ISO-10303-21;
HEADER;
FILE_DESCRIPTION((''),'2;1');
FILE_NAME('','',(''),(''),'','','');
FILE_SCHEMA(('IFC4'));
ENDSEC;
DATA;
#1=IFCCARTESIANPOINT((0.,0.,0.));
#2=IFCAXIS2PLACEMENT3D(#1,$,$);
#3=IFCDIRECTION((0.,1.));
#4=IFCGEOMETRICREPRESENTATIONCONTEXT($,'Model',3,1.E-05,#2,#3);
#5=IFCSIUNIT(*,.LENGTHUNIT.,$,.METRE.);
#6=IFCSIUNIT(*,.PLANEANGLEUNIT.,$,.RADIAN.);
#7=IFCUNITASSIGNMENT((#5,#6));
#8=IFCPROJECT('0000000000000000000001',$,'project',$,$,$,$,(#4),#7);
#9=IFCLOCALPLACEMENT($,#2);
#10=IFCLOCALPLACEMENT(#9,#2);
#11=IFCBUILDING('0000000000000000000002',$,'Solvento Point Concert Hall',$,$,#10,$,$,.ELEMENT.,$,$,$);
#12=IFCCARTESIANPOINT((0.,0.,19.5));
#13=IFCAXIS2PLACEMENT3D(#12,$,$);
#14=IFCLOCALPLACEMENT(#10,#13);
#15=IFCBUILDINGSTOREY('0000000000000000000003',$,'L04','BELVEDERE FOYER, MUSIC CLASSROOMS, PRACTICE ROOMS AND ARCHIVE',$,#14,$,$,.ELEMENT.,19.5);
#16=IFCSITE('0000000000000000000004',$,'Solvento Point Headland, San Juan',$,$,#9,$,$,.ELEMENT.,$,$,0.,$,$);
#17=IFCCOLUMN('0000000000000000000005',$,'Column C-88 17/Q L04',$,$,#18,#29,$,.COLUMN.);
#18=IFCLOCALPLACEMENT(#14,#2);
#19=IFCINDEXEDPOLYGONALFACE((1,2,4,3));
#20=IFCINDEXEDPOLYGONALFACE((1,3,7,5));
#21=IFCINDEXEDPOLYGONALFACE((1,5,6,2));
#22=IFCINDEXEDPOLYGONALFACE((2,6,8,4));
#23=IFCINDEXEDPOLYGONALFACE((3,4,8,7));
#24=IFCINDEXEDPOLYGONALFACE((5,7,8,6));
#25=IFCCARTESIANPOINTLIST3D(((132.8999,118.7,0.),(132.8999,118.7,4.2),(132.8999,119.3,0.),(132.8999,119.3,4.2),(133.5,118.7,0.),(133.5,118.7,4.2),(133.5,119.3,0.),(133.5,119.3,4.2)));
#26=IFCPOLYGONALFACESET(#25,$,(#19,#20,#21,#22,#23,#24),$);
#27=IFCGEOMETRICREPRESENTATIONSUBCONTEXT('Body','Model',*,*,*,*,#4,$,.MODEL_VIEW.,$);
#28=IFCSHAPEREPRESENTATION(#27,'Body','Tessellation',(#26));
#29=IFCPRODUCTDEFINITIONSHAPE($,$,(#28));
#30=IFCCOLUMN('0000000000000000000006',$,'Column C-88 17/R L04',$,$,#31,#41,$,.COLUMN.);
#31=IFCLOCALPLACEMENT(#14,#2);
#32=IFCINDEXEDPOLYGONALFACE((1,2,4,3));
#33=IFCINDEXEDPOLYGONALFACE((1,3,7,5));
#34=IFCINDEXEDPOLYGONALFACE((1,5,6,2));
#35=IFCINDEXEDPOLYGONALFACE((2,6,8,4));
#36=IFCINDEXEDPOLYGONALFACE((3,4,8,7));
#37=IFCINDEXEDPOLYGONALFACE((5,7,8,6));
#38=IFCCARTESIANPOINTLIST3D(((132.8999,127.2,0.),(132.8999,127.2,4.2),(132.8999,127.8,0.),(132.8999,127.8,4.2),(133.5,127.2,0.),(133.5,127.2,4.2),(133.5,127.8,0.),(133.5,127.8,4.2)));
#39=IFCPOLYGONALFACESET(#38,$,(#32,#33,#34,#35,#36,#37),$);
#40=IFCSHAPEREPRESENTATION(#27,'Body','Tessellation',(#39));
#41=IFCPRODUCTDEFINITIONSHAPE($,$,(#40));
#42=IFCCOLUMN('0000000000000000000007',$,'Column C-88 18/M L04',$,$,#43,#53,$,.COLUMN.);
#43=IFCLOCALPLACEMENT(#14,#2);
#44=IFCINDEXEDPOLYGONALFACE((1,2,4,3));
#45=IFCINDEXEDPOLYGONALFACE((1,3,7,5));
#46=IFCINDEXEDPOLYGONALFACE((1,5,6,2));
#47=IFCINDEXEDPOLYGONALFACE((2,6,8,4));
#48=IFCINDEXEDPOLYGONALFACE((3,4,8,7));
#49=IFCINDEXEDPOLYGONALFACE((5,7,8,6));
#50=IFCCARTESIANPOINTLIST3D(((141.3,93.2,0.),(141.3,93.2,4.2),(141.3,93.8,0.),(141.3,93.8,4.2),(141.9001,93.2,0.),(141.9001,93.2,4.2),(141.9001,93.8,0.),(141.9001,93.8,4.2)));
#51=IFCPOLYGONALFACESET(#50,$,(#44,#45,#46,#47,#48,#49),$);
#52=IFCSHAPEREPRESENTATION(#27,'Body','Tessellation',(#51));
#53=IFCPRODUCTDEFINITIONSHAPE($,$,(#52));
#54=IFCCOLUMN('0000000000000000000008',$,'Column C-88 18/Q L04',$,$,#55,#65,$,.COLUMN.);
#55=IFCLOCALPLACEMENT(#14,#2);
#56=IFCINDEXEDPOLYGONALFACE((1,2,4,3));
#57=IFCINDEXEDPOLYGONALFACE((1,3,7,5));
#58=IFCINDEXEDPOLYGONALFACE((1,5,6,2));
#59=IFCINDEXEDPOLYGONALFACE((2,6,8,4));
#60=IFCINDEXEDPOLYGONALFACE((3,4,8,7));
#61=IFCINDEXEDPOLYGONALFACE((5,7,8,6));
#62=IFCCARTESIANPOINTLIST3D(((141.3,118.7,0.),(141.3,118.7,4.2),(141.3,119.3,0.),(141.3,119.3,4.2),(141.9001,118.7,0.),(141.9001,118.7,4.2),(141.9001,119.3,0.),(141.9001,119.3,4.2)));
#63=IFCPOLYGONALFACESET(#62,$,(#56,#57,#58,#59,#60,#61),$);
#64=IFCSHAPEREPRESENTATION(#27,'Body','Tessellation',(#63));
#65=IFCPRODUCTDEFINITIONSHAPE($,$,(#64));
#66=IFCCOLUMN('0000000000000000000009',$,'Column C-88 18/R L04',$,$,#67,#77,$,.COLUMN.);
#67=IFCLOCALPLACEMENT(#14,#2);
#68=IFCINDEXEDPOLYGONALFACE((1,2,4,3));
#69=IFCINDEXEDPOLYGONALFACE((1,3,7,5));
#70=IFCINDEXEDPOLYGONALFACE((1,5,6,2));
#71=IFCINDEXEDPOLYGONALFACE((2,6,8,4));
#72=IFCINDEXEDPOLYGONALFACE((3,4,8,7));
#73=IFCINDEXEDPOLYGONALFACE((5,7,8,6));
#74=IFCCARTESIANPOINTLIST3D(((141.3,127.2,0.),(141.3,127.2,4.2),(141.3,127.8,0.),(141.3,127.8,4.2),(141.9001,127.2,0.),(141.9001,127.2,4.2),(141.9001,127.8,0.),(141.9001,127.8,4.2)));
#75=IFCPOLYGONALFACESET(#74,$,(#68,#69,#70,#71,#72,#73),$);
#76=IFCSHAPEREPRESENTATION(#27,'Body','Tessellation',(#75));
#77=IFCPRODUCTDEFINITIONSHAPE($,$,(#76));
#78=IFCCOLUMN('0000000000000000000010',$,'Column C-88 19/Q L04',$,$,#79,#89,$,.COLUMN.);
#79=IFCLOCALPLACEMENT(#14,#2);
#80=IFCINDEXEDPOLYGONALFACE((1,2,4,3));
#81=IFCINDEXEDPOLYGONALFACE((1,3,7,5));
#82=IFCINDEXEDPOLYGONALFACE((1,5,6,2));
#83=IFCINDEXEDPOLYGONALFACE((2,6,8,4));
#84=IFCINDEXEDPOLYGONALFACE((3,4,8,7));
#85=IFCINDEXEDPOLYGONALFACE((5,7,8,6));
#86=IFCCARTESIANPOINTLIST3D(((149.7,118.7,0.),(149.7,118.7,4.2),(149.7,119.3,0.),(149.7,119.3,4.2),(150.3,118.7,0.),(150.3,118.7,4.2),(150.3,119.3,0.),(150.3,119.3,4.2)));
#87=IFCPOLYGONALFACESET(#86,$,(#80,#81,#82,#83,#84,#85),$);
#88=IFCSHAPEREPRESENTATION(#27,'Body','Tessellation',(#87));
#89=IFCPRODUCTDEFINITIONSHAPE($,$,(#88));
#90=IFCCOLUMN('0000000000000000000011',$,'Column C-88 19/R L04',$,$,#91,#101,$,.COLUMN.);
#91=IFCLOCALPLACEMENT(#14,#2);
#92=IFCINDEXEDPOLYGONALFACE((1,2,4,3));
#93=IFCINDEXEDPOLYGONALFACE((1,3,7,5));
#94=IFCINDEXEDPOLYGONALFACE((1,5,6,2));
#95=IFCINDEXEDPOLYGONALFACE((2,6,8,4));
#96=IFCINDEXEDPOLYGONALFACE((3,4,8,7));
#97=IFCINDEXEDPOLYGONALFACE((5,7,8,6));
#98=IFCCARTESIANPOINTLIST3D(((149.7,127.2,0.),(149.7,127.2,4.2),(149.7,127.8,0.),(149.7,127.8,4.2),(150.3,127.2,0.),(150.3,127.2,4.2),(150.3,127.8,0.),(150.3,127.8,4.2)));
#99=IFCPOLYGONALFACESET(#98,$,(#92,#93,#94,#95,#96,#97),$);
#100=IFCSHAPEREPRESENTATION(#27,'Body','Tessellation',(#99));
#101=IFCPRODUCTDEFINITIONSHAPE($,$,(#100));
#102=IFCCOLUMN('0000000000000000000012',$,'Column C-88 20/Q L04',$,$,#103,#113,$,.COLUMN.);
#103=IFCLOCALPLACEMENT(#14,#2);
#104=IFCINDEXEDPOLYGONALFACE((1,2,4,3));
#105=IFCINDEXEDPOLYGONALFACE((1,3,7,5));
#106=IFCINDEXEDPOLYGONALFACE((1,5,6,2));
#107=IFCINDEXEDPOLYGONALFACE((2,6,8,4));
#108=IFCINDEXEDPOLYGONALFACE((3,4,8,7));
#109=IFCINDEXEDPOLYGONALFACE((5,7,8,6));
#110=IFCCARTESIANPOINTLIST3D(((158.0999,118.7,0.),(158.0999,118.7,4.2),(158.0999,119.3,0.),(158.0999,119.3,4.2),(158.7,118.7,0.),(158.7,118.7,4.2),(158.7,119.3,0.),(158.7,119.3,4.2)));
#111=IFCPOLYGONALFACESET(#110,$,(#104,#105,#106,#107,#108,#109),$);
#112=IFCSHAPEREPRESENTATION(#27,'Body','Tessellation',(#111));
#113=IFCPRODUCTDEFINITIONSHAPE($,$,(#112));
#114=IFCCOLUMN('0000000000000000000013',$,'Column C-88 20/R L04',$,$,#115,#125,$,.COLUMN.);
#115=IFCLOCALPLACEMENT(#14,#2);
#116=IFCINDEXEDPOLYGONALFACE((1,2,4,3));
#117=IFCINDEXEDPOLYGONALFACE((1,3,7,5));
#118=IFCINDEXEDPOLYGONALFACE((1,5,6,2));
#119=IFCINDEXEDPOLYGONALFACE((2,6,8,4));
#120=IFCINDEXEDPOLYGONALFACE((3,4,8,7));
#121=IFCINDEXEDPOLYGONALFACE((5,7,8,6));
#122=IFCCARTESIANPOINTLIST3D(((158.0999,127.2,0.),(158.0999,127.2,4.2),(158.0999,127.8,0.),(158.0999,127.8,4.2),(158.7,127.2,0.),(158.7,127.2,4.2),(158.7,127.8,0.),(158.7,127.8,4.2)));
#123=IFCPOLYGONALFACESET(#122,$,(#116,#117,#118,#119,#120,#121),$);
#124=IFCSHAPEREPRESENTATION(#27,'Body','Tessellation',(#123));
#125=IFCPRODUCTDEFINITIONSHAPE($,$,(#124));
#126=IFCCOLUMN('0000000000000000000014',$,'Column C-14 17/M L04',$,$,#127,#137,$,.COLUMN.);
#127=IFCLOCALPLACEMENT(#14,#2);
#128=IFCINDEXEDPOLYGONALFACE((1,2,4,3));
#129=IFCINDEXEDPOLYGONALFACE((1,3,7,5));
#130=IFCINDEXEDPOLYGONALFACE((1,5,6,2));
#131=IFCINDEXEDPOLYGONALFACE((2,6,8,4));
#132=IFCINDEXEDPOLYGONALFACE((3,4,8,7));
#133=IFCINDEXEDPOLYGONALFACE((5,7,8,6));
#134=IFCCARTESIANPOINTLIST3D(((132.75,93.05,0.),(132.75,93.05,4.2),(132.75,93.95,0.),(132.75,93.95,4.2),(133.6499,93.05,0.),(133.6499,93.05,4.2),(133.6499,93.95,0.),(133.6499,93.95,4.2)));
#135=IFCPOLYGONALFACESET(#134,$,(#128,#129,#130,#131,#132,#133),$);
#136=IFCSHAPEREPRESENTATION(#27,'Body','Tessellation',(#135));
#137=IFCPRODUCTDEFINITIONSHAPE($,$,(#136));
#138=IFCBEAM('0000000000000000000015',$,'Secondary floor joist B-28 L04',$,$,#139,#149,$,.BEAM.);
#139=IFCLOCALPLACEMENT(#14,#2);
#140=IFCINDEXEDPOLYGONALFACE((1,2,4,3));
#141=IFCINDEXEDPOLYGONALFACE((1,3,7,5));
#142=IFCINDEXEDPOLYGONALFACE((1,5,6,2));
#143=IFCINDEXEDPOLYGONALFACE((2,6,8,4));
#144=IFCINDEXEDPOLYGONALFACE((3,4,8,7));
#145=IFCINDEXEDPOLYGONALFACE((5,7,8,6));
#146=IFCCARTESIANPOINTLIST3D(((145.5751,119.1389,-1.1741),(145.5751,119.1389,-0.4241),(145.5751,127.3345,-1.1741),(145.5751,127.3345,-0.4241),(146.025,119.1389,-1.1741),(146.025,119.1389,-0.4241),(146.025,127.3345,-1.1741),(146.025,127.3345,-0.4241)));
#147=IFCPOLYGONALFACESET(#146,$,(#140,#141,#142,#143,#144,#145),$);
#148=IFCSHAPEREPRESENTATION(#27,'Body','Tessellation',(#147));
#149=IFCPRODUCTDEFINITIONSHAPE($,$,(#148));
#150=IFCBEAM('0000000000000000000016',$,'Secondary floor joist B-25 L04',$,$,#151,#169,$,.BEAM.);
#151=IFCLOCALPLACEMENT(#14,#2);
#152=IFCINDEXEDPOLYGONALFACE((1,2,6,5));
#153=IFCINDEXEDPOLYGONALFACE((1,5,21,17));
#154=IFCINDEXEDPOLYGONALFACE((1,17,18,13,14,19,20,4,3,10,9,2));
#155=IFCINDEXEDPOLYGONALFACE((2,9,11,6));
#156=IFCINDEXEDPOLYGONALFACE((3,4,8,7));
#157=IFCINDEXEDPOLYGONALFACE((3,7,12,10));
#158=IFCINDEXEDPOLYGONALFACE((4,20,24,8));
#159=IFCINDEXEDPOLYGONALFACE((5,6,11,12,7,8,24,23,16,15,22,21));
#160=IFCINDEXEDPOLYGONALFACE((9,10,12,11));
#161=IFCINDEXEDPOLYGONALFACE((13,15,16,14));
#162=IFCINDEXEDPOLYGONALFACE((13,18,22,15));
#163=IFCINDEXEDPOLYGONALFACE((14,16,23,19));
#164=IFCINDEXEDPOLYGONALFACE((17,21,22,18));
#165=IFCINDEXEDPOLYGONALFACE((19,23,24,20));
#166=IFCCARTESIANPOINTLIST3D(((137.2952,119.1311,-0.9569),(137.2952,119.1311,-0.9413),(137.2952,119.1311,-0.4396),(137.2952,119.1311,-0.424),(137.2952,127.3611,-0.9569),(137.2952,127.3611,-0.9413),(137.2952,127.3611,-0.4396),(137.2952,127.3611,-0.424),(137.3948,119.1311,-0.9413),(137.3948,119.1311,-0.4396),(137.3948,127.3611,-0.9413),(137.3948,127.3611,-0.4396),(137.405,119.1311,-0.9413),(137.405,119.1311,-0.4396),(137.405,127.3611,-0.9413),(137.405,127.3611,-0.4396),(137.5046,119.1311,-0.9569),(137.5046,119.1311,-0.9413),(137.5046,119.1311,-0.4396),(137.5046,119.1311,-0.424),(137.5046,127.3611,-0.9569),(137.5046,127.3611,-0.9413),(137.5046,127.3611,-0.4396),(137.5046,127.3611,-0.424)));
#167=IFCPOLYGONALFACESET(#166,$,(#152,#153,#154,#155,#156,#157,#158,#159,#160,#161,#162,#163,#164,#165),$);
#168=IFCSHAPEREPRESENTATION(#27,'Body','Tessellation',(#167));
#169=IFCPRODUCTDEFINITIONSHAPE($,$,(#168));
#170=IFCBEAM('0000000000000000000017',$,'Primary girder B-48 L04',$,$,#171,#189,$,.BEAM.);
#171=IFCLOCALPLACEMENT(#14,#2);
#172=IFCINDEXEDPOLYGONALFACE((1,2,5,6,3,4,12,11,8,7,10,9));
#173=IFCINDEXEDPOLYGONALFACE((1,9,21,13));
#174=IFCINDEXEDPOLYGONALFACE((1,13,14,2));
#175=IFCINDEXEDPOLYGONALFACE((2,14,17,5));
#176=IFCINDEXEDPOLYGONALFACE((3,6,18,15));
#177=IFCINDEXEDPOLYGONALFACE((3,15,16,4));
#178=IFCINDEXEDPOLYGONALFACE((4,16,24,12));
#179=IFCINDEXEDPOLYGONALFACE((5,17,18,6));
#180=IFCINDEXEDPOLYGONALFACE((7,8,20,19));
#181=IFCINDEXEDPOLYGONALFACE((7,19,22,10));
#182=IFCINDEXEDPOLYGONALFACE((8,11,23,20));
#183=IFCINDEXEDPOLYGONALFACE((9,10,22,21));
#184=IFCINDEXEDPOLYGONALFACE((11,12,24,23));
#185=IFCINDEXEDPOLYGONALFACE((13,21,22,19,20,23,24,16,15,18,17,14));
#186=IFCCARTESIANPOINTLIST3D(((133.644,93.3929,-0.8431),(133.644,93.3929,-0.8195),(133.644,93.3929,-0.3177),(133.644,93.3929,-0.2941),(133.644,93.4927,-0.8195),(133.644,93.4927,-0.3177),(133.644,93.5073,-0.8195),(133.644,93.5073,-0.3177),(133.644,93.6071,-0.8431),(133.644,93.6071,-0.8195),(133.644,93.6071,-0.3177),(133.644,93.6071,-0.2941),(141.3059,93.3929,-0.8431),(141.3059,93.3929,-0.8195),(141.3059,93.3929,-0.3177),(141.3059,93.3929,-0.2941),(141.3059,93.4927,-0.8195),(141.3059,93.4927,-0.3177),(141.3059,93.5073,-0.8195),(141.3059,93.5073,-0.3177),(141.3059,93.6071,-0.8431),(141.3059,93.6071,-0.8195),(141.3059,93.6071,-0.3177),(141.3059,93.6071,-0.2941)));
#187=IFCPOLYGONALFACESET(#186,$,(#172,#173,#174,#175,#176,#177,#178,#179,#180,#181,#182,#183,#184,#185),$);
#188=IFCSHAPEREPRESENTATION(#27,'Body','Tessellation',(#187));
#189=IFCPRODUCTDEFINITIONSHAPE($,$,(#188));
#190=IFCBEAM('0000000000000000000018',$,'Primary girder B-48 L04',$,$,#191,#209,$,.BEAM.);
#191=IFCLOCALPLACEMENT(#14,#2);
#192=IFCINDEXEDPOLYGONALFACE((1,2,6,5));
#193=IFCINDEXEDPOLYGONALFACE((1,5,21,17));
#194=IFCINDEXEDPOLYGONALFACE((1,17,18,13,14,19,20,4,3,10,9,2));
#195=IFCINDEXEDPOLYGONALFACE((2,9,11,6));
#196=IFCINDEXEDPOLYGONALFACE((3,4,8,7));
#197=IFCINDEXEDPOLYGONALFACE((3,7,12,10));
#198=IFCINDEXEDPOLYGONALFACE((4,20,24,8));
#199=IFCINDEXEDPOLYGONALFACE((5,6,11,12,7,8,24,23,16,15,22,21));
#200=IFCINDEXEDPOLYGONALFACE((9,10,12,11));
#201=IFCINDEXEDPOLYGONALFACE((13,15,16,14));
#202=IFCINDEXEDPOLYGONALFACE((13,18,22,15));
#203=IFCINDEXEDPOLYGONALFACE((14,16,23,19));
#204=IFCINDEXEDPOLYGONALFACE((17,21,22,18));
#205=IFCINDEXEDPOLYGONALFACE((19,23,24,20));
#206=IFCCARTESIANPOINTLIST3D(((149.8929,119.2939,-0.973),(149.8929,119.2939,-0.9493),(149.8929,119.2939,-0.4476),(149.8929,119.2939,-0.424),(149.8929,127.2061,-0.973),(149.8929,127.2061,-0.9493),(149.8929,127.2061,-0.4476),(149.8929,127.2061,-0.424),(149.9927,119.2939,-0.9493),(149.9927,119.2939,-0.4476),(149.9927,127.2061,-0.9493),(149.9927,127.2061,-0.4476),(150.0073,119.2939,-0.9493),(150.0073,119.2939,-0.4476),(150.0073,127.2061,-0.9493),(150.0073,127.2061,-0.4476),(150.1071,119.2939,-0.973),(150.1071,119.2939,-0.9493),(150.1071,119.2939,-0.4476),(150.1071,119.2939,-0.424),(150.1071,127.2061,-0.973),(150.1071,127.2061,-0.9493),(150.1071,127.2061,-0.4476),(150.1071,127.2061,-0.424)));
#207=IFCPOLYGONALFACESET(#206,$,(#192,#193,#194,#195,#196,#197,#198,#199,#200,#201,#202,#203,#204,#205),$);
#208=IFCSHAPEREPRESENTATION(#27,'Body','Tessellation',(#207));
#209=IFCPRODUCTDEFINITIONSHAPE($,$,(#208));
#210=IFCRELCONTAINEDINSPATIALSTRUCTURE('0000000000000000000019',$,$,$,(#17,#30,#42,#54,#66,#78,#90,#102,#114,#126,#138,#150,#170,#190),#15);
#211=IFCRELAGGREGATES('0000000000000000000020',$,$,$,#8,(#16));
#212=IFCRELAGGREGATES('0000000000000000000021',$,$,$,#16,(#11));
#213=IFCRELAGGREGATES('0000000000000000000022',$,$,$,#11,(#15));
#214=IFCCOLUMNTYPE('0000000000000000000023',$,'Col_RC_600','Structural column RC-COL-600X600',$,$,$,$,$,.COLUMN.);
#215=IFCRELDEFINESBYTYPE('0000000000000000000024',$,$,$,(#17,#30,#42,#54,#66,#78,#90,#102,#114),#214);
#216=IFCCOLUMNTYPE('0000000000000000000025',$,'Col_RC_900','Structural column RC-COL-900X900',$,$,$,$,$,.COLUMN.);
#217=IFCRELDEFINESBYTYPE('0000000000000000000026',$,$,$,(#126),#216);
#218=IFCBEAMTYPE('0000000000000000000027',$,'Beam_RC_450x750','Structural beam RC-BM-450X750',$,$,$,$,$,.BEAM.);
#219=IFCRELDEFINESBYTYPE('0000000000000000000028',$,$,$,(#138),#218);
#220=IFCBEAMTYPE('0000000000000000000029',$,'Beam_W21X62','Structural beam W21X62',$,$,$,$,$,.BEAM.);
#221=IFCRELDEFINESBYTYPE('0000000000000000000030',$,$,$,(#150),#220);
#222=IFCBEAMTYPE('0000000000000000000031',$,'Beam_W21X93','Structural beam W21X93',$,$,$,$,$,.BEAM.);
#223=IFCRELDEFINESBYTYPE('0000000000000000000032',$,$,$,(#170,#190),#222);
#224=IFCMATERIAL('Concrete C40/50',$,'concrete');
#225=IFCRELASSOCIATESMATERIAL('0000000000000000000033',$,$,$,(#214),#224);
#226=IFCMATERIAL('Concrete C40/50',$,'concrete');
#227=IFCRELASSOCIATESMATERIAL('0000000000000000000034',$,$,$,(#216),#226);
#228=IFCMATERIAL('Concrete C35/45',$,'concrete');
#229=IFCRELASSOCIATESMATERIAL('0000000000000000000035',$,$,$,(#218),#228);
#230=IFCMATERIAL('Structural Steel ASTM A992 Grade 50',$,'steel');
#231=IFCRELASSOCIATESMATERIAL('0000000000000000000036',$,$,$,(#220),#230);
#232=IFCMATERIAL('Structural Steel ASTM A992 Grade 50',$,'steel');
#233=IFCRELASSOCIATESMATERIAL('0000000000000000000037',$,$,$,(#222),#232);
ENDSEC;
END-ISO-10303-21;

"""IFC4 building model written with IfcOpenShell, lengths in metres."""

from ifc_helpers import new_model, si_unit, direction, frame, origin, origin_2d, place, context, subcontext, project, spatial, rectangle, i_section, extrude, material, material_profile, profile_set, type_object, element, save


model = new_model("IFC4")

# Units and contexts
model_context = context("Model", 3, precision=1e-05, world=origin(), true_north=direction((0.0, 1.0)))
body_context = subcontext(model_context, "Body", "Model", "MODEL_VIEW")
ifc_project = project(units=[si_unit("LENGTHUNIT", "METRE"), si_unit("PLANEANGLEUNIT", "RADIAN")], contexts=[model_context])

# Site, building, storey
site_placement = place(None, origin())
site = spatial("IfcSite", under=ifc_project, at=site_placement, Name="Solvento Point Headland, San Juan", CompositionType="ELEMENT", RefElevation=0.0)
building_placement = place(site_placement, origin())
building = spatial("IfcBuilding", under=site, at=building_placement, Name="Solvento Point Concert Hall", CompositionType="ELEMENT")
storey_placement = place(building_placement, frame((0.0, 0.0, 19.5)))
storey = spatial("IfcBuildingStorey", under=building, at=storey_placement, Name="L04", Description="BELVEDERE FOYER, MUSIC CLASSROOMS, PRACTICE ROOMS AND ARCHIVE", CompositionType="ELEMENT", Elevation=19.5)

# Columns
ifc_material_1 = material(Name="Concrete C40/50", Category="concrete")
ifc_material_profile_1 = material_profile(ifc_material_1, rectangle(XDim=0.6001, YDim=0.6001, at=origin_2d()), Name="RC-COL-600X600")
ifc_profile_set_1 = profile_set([ifc_material_profile_1], Name="Concrete C40/50")
column_type_1 = type_object("IfcColumnType", Name="Col_RC_600", Description="Structural column RC-COL-600X600", PredefinedType="COLUMN", material=ifc_profile_set_1)
for number, where, z_axis, x_axis, name in (
    (1, (133.2, 119.0, 0.0), (0.0, 0.0, 1.0), (1.0, 0.0, 0.0), "Column C-88 17/Q L04"),
    (2, (133.2, 127.5, 0.0), (0.0, 0.0, 1.0), (1.0, 0.0, 0.0), "Column C-88 17/R L04"),
    (3, (141.6001, 93.5, 0.0), (0.0, 0.0, 1.0), (1.0, 0.0, 0.0), "Column C-88 18/M L04"),
    (4, (141.6001, 119.0, 0.0), (0.0, 0.0, 1.0), (1.0, 0.0, 0.0), "Column C-88 18/Q L04"),
    (5, (141.6001, 127.5, 0.0), (0.0, 0.0, 1.0), (1.0, 0.0, 0.0), "Column C-88 18/R L04"),
    (6, (150.0, 119.0, 0.0), (0.0, 0.0, 1.0), (1.0, 0.0, 0.0), "Column C-88 19/Q L04"),
    (7, (150.0, 127.5, 0.0), (0.0, 0.0, 1.0), (1.0, 0.0, 0.0), "Column C-88 19/R L04"),
    (8, (158.3999, 119.0, 0.0), (0.0, 0.0, 1.0), (1.0, 0.0, 0.0), "Column C-88 20/Q L04"),
    (9, (158.3999, 127.5, 0.0), (0.0, 0.0, 1.0), (1.0, 0.0, 0.0), "Column C-88 20/R L04"),
):
    element("IfcColumn", number, at=place(storey_placement, frame(where, z_axis=z_axis, x_axis=x_axis)), inside=storey, type_object=column_type_1, Name=name, PredefinedType="COLUMN", context=body_context, shape_type="SweptSolid", body=[
        extrude(rectangle(XDim=0.6001, YDim=0.6001, at=origin_2d()), origin(), (0.0, 0.0, 1.0), 4.2),
    ])
ifc_material_2 = material(Name="Concrete C40/50", Category="concrete")
ifc_material_profile_2 = material_profile(ifc_material_2, rectangle(XDim=0.8999, YDim=0.8999, at=origin_2d()), Name="RC-COL-900X900")
ifc_profile_set_2 = profile_set([ifc_material_profile_2], Name="Concrete C40/50")
column_type_2 = type_object("IfcColumnType", Name="Col_RC_900", Description="Structural column RC-COL-900X900", PredefinedType="COLUMN", material=ifc_profile_set_2)
column_placement = place(storey_placement, frame((133.2, 93.5, 0.0), z_axis=(0.0, 0.0, 1.0), x_axis=(1.0, 0.0, 0.0)))
element("IfcColumn", 10, at=column_placement, inside=storey, type_object=column_type_2, Name="Column C-14 17/M L04", PredefinedType="COLUMN", context=body_context, shape_type="SweptSolid", body=[
    extrude(rectangle(XDim=0.8999, YDim=0.8999, at=origin_2d()), origin(), (0.0, 0.0, 1.0), 4.2),
])

# Beams
ifc_material_3 = material(Name="Concrete C35/45", Category="concrete")
ifc_material_profile_3 = material_profile(ifc_material_3, rectangle(XDim=0.45, YDim=0.75, at=origin_2d()), Name="RC-BM-450X750")
ifc_profile_set_3 = profile_set([ifc_material_profile_3], Name="Concrete C35/45")
beam_type_1 = type_object("IfcBeamType", Name="Beam_RC_450x750", Description="Structural beam RC-BM-450X750", PredefinedType="BEAM", material=ifc_profile_set_3)
beam_1_placement = place(storey_placement, frame((145.8, 119.1389, -0.7991), z_axis=(0.0, 1.0, 0.0), x_axis=(-1.0, 0.0, 0.0)))
element("IfcBeam", 11, at=beam_1_placement, inside=storey, type_object=beam_type_1, Name="Secondary floor joist B-28 L04", PredefinedType="BEAM", context=body_context, shape_type="SweptSolid", body=[
    extrude(rectangle(XDim=0.45, YDim=0.75, at=origin_2d()), origin(), (0.0, 0.0, 1.0), 8.1956),
])
ifc_material_4 = material(Name="Structural Steel ASTM A992 Grade 50", Category="steel")
ifc_material_profile_4 = material_profile(ifc_material_4, i_section(OverallWidth=0.2095, OverallDepth=0.533, WebThickness=0.0103, FlangeThickness=0.0156, at=origin_2d()), Name="W21X62")
ifc_profile_set_4 = profile_set([ifc_material_profile_4], Name="Structural Steel ASTM A992 Grade 50")
beam_type_2 = type_object("IfcBeamType", Name="Beam_W21X62", Description="Structural beam W21X62", PredefinedType="BEAM", material=ifc_profile_set_4)
beam_2_placement = place(storey_placement, frame((137.3999, 119.1311, -0.6904), z_axis=(0.0, 1.0, 0.0), x_axis=(-1.0, 0.0, 0.0)))
element("IfcBeam", 12, at=beam_2_placement, inside=storey, type_object=beam_type_2, Name="Secondary floor joist B-25 L04", PredefinedType="BEAM", context=body_context, shape_type="SweptSolid", body=[
    extrude(i_section(OverallWidth=0.2095, OverallDepth=0.533, WebThickness=0.0103, FlangeThickness=0.0156, at=origin_2d()), origin(), (0.0, 0.0, 1.0), 8.23),
])
ifc_material_5 = material(Name="Structural Steel ASTM A992 Grade 50", Category="steel")
ifc_material_profile_5 = material_profile(ifc_material_5, i_section(OverallWidth=0.2141, OverallDepth=0.5491, WebThickness=0.0146, FlangeThickness=0.0237, at=origin_2d()), Name="W21X93")
ifc_profile_set_5 = profile_set([ifc_material_profile_5], Name="Structural Steel ASTM A992 Grade 50")
beam_type_3 = type_object("IfcBeamType", Name="Beam_W21X93", Description="Structural beam W21X93", PredefinedType="BEAM", material=ifc_profile_set_5)
beam_3_placement = place(storey_placement, frame((133.644, 93.5, -0.5686), z_axis=(1.0, 0.0, 0.0), x_axis=(0.0, 1.0, 0.0)))
element("IfcBeam", 13, at=beam_3_placement, inside=storey, type_object=beam_type_3, Name="Primary girder B-48 L04", PredefinedType="BEAM", context=body_context, shape_type="SweptSolid", body=[
    extrude(i_section(OverallWidth=0.2141, OverallDepth=0.5491, WebThickness=0.0146, FlangeThickness=0.0237, at=origin_2d()), origin(), (0.0, 0.0, 1.0), 7.6619),
])
beam_4_placement = place(storey_placement, frame((150.0, 119.2939, -0.6985), z_axis=(0.0, 1.0, 0.0), x_axis=(-1.0, 0.0, 0.0)))
element("IfcBeam", 14, at=beam_4_placement, inside=storey, type_object=beam_type_3, Name="Primary girder B-48 L04", PredefinedType="BEAM", context=body_context, shape_type="SweptSolid", body=[
    extrude(i_section(OverallWidth=0.2141, OverallDepth=0.5491, WebThickness=0.0146, FlangeThickness=0.0237, at=origin_2d()), origin(), (0.0, 0.0, 1.0), 7.9121),
])

save(model, "model.ifc")
